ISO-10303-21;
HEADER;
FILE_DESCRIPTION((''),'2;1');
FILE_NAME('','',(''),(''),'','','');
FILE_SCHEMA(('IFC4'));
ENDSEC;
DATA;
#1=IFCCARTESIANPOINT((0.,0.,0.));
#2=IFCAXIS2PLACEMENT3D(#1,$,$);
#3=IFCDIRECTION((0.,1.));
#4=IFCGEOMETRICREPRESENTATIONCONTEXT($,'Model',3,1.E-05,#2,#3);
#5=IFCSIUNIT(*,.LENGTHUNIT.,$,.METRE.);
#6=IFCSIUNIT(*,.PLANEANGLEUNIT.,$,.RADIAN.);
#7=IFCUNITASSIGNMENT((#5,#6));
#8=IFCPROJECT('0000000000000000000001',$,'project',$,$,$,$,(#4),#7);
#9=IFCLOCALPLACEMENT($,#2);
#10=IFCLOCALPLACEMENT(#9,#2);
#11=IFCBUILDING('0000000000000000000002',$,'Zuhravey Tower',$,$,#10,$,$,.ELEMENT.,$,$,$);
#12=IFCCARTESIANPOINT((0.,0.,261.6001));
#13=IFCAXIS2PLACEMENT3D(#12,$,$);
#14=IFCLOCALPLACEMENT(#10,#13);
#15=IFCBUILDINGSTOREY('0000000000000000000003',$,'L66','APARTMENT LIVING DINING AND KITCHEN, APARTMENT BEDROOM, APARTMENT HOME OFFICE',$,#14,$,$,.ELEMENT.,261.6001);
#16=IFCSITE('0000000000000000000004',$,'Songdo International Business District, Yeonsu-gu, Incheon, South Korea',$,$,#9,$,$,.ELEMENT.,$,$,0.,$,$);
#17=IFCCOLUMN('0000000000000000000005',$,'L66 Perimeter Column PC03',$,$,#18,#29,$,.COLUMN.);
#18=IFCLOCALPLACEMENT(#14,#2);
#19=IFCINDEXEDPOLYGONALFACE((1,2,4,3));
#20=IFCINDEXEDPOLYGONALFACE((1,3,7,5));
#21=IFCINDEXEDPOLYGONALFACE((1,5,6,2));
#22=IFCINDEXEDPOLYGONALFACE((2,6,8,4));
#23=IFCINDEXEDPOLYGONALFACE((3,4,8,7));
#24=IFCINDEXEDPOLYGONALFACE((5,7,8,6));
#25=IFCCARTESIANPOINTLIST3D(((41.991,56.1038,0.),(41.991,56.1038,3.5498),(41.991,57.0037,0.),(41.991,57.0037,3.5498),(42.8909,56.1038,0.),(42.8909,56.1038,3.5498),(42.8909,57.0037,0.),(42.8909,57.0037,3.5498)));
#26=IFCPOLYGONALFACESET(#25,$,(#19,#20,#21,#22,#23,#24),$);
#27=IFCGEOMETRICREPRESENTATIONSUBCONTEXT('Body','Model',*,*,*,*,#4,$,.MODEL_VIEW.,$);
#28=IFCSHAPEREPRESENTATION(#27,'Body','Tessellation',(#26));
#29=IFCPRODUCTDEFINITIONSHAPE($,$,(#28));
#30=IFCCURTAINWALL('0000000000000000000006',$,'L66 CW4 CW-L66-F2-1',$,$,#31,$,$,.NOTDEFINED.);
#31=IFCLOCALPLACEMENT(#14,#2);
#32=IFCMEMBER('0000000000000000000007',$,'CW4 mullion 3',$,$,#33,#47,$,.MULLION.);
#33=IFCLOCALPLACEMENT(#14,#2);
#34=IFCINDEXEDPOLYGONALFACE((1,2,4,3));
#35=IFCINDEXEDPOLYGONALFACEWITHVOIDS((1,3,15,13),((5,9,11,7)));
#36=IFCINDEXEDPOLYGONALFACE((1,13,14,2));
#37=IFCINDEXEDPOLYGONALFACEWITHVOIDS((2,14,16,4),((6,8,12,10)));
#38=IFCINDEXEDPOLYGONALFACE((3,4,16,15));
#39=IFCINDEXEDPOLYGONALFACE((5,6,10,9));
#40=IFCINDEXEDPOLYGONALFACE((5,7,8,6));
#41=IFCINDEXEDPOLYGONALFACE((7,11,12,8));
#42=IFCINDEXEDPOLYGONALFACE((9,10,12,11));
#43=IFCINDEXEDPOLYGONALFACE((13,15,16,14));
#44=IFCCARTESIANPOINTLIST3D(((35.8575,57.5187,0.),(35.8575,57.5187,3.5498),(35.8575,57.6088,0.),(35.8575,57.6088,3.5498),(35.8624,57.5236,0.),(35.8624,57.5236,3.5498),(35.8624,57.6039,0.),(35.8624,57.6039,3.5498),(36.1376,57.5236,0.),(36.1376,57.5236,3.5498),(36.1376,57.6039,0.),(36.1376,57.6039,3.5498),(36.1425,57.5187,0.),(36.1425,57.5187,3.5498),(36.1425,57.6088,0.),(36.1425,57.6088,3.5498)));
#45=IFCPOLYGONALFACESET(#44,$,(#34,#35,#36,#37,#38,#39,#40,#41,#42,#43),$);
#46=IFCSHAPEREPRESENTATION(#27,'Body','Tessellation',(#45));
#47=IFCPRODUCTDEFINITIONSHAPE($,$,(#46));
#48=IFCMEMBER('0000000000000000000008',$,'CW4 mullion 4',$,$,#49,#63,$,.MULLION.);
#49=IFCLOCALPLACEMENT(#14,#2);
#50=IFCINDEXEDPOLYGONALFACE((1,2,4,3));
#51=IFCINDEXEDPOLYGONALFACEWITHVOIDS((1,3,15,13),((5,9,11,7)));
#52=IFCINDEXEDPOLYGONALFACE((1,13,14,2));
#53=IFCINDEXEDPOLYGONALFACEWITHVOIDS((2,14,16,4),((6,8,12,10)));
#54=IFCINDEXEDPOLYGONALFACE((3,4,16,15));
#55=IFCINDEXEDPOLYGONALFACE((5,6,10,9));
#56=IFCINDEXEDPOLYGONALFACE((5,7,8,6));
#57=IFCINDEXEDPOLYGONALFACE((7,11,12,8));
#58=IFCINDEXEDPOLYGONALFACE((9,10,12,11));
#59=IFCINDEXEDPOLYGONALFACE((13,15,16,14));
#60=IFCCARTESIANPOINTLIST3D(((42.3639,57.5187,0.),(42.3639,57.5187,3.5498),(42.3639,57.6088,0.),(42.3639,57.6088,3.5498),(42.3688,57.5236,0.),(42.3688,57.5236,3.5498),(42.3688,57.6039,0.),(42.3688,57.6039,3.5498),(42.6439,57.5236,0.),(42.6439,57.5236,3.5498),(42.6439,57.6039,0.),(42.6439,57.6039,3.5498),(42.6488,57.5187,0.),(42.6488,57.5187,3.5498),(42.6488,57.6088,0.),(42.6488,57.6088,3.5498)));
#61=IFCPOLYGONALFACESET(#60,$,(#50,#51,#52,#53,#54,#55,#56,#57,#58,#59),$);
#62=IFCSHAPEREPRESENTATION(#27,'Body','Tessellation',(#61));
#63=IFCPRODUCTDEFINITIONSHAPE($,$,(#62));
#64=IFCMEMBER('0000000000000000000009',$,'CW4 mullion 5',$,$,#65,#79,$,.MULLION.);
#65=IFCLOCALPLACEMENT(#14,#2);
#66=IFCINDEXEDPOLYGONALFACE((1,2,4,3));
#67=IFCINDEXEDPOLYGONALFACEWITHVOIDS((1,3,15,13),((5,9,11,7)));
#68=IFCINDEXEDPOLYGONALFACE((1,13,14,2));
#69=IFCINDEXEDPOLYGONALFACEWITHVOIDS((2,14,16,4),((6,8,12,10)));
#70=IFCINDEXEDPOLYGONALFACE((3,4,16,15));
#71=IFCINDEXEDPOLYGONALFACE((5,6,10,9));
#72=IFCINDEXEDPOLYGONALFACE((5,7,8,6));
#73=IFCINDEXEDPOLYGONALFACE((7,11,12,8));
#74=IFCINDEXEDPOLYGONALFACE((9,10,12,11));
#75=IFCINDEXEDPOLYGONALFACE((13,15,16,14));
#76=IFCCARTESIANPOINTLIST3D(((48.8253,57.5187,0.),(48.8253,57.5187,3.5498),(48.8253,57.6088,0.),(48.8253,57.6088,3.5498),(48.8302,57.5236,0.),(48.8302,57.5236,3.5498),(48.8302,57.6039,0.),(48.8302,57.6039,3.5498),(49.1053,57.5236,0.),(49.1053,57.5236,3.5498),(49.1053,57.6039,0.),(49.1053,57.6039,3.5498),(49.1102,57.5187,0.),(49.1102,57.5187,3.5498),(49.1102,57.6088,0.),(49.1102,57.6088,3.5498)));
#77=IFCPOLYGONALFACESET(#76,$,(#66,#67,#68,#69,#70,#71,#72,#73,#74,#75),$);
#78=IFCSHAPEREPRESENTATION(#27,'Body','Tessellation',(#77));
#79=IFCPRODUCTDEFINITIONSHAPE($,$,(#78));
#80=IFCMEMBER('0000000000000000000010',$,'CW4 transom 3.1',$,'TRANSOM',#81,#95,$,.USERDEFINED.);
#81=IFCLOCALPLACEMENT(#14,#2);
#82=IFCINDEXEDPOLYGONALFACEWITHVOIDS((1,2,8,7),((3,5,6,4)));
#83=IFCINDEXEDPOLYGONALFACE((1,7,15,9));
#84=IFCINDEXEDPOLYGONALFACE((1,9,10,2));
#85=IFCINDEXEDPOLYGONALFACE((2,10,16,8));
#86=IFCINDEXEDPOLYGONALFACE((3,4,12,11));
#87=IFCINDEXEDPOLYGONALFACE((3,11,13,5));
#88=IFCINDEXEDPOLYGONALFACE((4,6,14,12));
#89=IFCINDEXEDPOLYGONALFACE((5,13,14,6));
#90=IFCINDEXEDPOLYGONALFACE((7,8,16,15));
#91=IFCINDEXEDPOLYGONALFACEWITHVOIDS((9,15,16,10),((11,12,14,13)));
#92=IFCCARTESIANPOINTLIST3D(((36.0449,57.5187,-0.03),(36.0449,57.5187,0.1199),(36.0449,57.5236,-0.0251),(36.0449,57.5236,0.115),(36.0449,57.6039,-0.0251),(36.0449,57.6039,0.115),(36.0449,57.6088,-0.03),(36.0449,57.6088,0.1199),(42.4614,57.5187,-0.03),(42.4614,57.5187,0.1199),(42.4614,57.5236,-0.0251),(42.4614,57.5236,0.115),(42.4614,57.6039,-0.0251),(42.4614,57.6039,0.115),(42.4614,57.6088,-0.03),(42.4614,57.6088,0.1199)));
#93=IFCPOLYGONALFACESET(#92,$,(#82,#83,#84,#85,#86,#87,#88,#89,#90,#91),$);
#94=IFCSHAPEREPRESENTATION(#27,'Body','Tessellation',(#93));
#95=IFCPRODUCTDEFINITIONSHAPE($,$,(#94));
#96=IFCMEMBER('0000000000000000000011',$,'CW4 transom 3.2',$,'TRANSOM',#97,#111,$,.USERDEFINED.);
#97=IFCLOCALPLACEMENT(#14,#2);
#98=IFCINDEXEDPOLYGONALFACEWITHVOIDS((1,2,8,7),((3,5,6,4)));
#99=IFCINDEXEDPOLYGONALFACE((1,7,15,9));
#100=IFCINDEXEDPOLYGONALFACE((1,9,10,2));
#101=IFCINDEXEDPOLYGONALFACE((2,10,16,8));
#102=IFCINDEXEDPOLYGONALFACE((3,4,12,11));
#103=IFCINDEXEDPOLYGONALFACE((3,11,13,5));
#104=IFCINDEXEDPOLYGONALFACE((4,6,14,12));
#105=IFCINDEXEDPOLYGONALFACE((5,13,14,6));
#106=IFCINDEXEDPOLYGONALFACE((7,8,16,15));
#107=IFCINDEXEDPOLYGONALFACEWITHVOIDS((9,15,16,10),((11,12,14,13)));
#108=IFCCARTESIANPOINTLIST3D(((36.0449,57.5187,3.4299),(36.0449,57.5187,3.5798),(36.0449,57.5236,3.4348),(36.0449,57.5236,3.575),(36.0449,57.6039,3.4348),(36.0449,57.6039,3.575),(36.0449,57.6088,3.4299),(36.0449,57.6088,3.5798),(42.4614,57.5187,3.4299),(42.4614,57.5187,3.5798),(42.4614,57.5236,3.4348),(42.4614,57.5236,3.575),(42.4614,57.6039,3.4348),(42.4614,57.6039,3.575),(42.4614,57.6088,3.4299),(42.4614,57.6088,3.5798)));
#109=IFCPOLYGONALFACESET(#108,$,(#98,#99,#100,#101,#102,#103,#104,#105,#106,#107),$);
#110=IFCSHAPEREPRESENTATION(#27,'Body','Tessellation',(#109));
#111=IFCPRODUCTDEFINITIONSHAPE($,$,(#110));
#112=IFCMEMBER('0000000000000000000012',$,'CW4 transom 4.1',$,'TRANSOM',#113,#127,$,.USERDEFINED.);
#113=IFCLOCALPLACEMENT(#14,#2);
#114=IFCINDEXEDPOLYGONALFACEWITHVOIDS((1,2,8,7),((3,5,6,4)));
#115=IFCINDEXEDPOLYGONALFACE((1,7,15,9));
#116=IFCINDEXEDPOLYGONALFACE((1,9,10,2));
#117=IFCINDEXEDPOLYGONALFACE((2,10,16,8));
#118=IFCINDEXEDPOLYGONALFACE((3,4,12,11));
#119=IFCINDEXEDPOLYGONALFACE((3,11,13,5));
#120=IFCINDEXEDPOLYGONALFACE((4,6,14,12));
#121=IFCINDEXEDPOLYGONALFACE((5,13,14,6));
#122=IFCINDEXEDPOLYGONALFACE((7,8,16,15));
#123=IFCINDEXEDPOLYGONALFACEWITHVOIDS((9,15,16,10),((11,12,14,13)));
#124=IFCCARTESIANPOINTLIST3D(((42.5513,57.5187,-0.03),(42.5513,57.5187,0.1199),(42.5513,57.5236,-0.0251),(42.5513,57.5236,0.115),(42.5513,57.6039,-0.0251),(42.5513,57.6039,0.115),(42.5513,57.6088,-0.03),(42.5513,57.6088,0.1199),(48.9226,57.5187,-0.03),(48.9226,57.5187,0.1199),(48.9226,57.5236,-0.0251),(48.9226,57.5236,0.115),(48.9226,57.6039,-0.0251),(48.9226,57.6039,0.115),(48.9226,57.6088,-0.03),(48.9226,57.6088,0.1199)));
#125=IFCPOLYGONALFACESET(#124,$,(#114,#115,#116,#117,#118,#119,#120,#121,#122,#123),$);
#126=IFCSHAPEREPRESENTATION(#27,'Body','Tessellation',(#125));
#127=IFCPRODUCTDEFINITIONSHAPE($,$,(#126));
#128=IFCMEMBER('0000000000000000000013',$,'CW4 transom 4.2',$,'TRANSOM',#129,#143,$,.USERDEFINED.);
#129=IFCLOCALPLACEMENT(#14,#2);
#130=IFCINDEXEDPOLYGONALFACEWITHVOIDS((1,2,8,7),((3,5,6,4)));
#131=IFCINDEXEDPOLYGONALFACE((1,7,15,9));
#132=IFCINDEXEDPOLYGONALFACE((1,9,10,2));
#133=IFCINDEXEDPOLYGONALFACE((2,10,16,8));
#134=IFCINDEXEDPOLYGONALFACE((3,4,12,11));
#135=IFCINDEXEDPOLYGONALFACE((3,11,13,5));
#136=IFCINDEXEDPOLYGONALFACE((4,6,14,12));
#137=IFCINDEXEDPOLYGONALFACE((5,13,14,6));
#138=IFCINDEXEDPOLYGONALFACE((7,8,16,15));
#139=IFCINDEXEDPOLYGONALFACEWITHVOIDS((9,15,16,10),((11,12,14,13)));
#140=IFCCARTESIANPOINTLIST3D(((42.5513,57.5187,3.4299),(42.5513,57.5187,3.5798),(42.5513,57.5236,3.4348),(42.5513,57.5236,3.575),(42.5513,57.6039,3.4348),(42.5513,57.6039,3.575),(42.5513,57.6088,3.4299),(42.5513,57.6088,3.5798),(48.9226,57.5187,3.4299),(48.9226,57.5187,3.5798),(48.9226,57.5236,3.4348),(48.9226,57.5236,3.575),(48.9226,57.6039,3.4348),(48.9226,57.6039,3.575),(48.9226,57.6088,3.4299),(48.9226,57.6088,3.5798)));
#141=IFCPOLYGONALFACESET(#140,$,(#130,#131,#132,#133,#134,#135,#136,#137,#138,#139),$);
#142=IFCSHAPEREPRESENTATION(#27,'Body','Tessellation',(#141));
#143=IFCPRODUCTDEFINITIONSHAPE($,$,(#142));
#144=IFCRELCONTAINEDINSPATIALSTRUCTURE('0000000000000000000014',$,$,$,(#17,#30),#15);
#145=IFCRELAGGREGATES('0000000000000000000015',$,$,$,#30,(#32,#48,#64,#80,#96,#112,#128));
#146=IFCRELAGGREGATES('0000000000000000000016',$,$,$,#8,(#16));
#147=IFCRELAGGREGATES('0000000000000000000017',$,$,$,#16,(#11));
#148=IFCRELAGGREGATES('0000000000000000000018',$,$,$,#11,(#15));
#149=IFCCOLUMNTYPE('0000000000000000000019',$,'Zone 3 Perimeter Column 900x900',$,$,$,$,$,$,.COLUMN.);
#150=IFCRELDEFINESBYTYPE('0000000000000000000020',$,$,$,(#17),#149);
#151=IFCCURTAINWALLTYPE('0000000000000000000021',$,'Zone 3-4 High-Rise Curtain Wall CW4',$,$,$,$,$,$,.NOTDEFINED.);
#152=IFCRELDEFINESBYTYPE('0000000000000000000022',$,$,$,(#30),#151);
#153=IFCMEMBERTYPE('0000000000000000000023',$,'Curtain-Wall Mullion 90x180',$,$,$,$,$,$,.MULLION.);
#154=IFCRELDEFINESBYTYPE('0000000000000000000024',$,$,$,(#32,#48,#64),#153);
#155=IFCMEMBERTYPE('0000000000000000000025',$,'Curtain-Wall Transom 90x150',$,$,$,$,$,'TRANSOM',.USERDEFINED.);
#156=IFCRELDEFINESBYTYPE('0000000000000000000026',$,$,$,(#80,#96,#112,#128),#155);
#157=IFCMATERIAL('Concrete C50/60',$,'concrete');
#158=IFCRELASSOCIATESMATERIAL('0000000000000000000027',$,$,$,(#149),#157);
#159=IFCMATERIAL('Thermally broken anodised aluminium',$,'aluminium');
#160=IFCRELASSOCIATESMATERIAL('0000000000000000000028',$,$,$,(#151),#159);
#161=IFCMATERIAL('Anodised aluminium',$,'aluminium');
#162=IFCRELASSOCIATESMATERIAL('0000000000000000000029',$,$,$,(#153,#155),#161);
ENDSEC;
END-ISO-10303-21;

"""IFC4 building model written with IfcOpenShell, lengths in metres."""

from ifc_helpers import new_model, si_unit, direction, frame, origin, origin_2d, place, context, subcontext, project, spatial, rectangle, hollow_rectangle, extrude, material, material_profile, profile_set, type_object, element, aggregate, save


model = new_model("IFC4")

# Units and contexts
model_context = context("Model", 3, precision=1e-05, world=origin(), true_north=direction((0.0, 1.0)))
body_context = subcontext(model_context, "Body", "Model", "MODEL_VIEW")
ifc_project = project(units=[si_unit("LENGTHUNIT", "METRE"), si_unit("PLANEANGLEUNIT", "RADIAN")], contexts=[model_context])

# Site, building, storey
site_placement = place(None, origin())
site = spatial("IfcSite", under=ifc_project, at=site_placement, Name="Songdo International Business District, Yeonsu-gu, Incheon, South Korea", CompositionType="ELEMENT", RefElevation=0.0)
building_placement = place(site_placement, origin())
building = spatial("IfcBuilding", under=site, at=building_placement, Name="Zuhravey Tower", CompositionType="ELEMENT")
storey_placement = place(building_placement, frame((0.0, 0.0, 261.6001)))
storey = spatial("IfcBuildingStorey", under=building, at=storey_placement, Name="L66", Description="APARTMENT LIVING DINING AND KITCHEN, APARTMENT BEDROOM, APARTMENT HOME OFFICE", CompositionType="ELEMENT", Elevation=261.6001)

# Column
ifc_material_1 = material(Name="Concrete C50/60", Category="concrete")
ifc_material_profile_1 = material_profile(ifc_material_1, rectangle(XDim=0.8999, YDim=0.8999, at=origin_2d()), Name="RC-900x900")
ifc_profile_set_1 = profile_set([ifc_material_profile_1], Name="Concrete C50/60")
column_type = type_object("IfcColumnType", Name="Zone 3 Perimeter Column 900x900", PredefinedType="COLUMN", material=ifc_profile_set_1)
column_placement = place(storey_placement, frame((42.4409, 56.5537, 0.0), z_axis=(0.0, 0.0, 1.0), x_axis=(-1.0, 0.0, 0.0)))
element("IfcColumn", 1, at=column_placement, inside=storey, type_object=column_type, Name="L66 Perimeter Column PC03", PredefinedType="COLUMN", context=body_context, shape_type="SweptSolid", body=[
    extrude(rectangle(XDim=0.8999, YDim=0.8999, at=origin_2d()), origin(), (0.0, 0.0, 1.0), 3.5498),
])

# Curtain wall, members
ifc_material_2 = material(Name="Thermally broken anodised aluminium", Category="aluminium")
curtain_wall_type = type_object("IfcCurtainWallType", Name="Zone 3-4 High-Rise Curtain Wall CW4", PredefinedType="NOTDEFINED", material=ifc_material_2)
curtain_wall_placement = place(storey_placement, origin())
curtain_wall = element("IfcCurtainWall", 2, at=curtain_wall_placement, inside=storey, type_object=curtain_wall_type, Name="L66 CW4 CW-L66-F2-1", PredefinedType="NOTDEFINED")
ifc_material_3 = material(Name="Anodised aluminium", Category="aluminium")
ifc_material_profile_2 = material_profile(ifc_material_3, hollow_rectangle(XDim=0.0901, YDim=0.2849, WallThickness=0.0049, at=origin_2d()), Name="ALU-RHS-90x285x5")
ifc_profile_set_2 = profile_set([ifc_material_profile_2], Name="Anodised aluminium")
member_type_1 = type_object("IfcMemberType", Name="Curtain-Wall Mullion 90x180", PredefinedType="MULLION", material=ifc_profile_set_2)
member_1_placement = place(storey_placement, frame((36.0, 57.5637, 0.0), z_axis=(0.0, 0.0, 1.0), x_axis=(0.0, 1.0, 0.0)))
member_1 = element("IfcMember", 3, at=member_1_placement, type_object=member_type_1, Name="CW4 mullion 3", PredefinedType="MULLION", context=body_context, shape_type="SweptSolid", body=[
    extrude(hollow_rectangle(XDim=0.0901, YDim=0.2849, WallThickness=0.0049, at=origin_2d()), origin(), (0.0, 0.0, 1.0), 3.5498),
])
member_2_placement = place(storey_placement, frame((42.5063, 57.5637, 0.0), z_axis=(0.0, 0.0, 1.0), x_axis=(0.0, 1.0, 0.0)))
member_2 = element("IfcMember", 4, at=member_2_placement, type_object=member_type_1, Name="CW4 mullion 4", PredefinedType="MULLION", context=body_context, shape_type="SweptSolid", body=[
    extrude(hollow_rectangle(XDim=0.0901, YDim=0.2849, WallThickness=0.0049, at=origin_2d()), origin(), (0.0, 0.0, 1.0), 3.5498),
])
member_3_placement = place(storey_placement, frame((48.9678, 57.5637, 0.0), z_axis=(0.0, 0.0, 1.0), x_axis=(0.0, 1.0, 0.0)))
member_3 = element("IfcMember", 5, at=member_3_placement, type_object=member_type_1, Name="CW4 mullion 5", PredefinedType="MULLION", context=body_context, shape_type="SweptSolid", body=[
    extrude(hollow_rectangle(XDim=0.0901, YDim=0.2849, WallThickness=0.0049, at=origin_2d()), origin(), (0.0, 0.0, 1.0), 3.5498),
])
ifc_material_profile_3 = material_profile(ifc_material_3, hollow_rectangle(XDim=0.0901, YDim=0.1499, WallThickness=0.0049, at=origin_2d()), Name="ALU-RHS-90x150x5")
ifc_profile_set_3 = profile_set([ifc_material_profile_3], Name="Anodised aluminium")
member_type_2 = type_object("IfcMemberType", Name="Curtain-Wall Transom 90x150", ElementType="TRANSOM", PredefinedType="USERDEFINED", material=ifc_profile_set_3)
member_4_placement = place(storey_placement, frame((36.0449, 57.5637, 0.0449), z_axis=(1.0, 0.0, 0.0), x_axis=(0.0, 1.0, 0.0)))
member_4 = element("IfcMember", 6, at=member_4_placement, type_object=member_type_2, Name="CW4 transom 3.1", ObjectType="TRANSOM", PredefinedType="USERDEFINED", context=body_context, shape_type="SweptSolid", body=[
    extrude(hollow_rectangle(XDim=0.0901, YDim=0.1499, WallThickness=0.0049, at=origin_2d()), origin(), (0.0, 0.0, 1.0), 6.4165),
])
member_5_placement = place(storey_placement, frame((36.0449, 57.5637, 3.5049), z_axis=(1.0, 0.0, 0.0), x_axis=(0.0, 1.0, 0.0)))
member_5 = element("IfcMember", 7, at=member_5_placement, type_object=member_type_2, Name="CW4 transom 3.2", ObjectType="TRANSOM", PredefinedType="USERDEFINED", context=body_context, shape_type="SweptSolid", body=[
    extrude(hollow_rectangle(XDim=0.0901, YDim=0.1499, WallThickness=0.0049, at=origin_2d()), origin(), (0.0, 0.0, 1.0), 6.4165),
])
member_6_placement = place(storey_placement, frame((42.5513, 57.5637, 0.0449), z_axis=(1.0, 0.0, 0.0), x_axis=(0.0, 1.0, 0.0)))
member_6 = element("IfcMember", 8, at=member_6_placement, type_object=member_type_2, Name="CW4 transom 4.1", ObjectType="TRANSOM", PredefinedType="USERDEFINED", context=body_context, shape_type="SweptSolid", body=[
    extrude(hollow_rectangle(XDim=0.0901, YDim=0.1499, WallThickness=0.0049, at=origin_2d()), origin(), (0.0, 0.0, 1.0), 6.3713),
])
member_7_placement = place(storey_placement, frame((42.5513, 57.5637, 3.5049), z_axis=(1.0, 0.0, 0.0), x_axis=(0.0, 1.0, 0.0)))
member_7 = element("IfcMember", 9, at=member_7_placement, type_object=member_type_2, Name="CW4 transom 4.2", ObjectType="TRANSOM", PredefinedType="USERDEFINED", context=body_context, shape_type="SweptSolid", body=[
    extrude(hollow_rectangle(XDim=0.0901, YDim=0.1499, WallThickness=0.0049, at=origin_2d()), origin(), (0.0, 0.0, 1.0), 6.3713),
])

aggregate(curtain_wall, [member_1, member_2, member_3, member_4, member_5, member_6, member_7])

save(model, "model.ifc")
